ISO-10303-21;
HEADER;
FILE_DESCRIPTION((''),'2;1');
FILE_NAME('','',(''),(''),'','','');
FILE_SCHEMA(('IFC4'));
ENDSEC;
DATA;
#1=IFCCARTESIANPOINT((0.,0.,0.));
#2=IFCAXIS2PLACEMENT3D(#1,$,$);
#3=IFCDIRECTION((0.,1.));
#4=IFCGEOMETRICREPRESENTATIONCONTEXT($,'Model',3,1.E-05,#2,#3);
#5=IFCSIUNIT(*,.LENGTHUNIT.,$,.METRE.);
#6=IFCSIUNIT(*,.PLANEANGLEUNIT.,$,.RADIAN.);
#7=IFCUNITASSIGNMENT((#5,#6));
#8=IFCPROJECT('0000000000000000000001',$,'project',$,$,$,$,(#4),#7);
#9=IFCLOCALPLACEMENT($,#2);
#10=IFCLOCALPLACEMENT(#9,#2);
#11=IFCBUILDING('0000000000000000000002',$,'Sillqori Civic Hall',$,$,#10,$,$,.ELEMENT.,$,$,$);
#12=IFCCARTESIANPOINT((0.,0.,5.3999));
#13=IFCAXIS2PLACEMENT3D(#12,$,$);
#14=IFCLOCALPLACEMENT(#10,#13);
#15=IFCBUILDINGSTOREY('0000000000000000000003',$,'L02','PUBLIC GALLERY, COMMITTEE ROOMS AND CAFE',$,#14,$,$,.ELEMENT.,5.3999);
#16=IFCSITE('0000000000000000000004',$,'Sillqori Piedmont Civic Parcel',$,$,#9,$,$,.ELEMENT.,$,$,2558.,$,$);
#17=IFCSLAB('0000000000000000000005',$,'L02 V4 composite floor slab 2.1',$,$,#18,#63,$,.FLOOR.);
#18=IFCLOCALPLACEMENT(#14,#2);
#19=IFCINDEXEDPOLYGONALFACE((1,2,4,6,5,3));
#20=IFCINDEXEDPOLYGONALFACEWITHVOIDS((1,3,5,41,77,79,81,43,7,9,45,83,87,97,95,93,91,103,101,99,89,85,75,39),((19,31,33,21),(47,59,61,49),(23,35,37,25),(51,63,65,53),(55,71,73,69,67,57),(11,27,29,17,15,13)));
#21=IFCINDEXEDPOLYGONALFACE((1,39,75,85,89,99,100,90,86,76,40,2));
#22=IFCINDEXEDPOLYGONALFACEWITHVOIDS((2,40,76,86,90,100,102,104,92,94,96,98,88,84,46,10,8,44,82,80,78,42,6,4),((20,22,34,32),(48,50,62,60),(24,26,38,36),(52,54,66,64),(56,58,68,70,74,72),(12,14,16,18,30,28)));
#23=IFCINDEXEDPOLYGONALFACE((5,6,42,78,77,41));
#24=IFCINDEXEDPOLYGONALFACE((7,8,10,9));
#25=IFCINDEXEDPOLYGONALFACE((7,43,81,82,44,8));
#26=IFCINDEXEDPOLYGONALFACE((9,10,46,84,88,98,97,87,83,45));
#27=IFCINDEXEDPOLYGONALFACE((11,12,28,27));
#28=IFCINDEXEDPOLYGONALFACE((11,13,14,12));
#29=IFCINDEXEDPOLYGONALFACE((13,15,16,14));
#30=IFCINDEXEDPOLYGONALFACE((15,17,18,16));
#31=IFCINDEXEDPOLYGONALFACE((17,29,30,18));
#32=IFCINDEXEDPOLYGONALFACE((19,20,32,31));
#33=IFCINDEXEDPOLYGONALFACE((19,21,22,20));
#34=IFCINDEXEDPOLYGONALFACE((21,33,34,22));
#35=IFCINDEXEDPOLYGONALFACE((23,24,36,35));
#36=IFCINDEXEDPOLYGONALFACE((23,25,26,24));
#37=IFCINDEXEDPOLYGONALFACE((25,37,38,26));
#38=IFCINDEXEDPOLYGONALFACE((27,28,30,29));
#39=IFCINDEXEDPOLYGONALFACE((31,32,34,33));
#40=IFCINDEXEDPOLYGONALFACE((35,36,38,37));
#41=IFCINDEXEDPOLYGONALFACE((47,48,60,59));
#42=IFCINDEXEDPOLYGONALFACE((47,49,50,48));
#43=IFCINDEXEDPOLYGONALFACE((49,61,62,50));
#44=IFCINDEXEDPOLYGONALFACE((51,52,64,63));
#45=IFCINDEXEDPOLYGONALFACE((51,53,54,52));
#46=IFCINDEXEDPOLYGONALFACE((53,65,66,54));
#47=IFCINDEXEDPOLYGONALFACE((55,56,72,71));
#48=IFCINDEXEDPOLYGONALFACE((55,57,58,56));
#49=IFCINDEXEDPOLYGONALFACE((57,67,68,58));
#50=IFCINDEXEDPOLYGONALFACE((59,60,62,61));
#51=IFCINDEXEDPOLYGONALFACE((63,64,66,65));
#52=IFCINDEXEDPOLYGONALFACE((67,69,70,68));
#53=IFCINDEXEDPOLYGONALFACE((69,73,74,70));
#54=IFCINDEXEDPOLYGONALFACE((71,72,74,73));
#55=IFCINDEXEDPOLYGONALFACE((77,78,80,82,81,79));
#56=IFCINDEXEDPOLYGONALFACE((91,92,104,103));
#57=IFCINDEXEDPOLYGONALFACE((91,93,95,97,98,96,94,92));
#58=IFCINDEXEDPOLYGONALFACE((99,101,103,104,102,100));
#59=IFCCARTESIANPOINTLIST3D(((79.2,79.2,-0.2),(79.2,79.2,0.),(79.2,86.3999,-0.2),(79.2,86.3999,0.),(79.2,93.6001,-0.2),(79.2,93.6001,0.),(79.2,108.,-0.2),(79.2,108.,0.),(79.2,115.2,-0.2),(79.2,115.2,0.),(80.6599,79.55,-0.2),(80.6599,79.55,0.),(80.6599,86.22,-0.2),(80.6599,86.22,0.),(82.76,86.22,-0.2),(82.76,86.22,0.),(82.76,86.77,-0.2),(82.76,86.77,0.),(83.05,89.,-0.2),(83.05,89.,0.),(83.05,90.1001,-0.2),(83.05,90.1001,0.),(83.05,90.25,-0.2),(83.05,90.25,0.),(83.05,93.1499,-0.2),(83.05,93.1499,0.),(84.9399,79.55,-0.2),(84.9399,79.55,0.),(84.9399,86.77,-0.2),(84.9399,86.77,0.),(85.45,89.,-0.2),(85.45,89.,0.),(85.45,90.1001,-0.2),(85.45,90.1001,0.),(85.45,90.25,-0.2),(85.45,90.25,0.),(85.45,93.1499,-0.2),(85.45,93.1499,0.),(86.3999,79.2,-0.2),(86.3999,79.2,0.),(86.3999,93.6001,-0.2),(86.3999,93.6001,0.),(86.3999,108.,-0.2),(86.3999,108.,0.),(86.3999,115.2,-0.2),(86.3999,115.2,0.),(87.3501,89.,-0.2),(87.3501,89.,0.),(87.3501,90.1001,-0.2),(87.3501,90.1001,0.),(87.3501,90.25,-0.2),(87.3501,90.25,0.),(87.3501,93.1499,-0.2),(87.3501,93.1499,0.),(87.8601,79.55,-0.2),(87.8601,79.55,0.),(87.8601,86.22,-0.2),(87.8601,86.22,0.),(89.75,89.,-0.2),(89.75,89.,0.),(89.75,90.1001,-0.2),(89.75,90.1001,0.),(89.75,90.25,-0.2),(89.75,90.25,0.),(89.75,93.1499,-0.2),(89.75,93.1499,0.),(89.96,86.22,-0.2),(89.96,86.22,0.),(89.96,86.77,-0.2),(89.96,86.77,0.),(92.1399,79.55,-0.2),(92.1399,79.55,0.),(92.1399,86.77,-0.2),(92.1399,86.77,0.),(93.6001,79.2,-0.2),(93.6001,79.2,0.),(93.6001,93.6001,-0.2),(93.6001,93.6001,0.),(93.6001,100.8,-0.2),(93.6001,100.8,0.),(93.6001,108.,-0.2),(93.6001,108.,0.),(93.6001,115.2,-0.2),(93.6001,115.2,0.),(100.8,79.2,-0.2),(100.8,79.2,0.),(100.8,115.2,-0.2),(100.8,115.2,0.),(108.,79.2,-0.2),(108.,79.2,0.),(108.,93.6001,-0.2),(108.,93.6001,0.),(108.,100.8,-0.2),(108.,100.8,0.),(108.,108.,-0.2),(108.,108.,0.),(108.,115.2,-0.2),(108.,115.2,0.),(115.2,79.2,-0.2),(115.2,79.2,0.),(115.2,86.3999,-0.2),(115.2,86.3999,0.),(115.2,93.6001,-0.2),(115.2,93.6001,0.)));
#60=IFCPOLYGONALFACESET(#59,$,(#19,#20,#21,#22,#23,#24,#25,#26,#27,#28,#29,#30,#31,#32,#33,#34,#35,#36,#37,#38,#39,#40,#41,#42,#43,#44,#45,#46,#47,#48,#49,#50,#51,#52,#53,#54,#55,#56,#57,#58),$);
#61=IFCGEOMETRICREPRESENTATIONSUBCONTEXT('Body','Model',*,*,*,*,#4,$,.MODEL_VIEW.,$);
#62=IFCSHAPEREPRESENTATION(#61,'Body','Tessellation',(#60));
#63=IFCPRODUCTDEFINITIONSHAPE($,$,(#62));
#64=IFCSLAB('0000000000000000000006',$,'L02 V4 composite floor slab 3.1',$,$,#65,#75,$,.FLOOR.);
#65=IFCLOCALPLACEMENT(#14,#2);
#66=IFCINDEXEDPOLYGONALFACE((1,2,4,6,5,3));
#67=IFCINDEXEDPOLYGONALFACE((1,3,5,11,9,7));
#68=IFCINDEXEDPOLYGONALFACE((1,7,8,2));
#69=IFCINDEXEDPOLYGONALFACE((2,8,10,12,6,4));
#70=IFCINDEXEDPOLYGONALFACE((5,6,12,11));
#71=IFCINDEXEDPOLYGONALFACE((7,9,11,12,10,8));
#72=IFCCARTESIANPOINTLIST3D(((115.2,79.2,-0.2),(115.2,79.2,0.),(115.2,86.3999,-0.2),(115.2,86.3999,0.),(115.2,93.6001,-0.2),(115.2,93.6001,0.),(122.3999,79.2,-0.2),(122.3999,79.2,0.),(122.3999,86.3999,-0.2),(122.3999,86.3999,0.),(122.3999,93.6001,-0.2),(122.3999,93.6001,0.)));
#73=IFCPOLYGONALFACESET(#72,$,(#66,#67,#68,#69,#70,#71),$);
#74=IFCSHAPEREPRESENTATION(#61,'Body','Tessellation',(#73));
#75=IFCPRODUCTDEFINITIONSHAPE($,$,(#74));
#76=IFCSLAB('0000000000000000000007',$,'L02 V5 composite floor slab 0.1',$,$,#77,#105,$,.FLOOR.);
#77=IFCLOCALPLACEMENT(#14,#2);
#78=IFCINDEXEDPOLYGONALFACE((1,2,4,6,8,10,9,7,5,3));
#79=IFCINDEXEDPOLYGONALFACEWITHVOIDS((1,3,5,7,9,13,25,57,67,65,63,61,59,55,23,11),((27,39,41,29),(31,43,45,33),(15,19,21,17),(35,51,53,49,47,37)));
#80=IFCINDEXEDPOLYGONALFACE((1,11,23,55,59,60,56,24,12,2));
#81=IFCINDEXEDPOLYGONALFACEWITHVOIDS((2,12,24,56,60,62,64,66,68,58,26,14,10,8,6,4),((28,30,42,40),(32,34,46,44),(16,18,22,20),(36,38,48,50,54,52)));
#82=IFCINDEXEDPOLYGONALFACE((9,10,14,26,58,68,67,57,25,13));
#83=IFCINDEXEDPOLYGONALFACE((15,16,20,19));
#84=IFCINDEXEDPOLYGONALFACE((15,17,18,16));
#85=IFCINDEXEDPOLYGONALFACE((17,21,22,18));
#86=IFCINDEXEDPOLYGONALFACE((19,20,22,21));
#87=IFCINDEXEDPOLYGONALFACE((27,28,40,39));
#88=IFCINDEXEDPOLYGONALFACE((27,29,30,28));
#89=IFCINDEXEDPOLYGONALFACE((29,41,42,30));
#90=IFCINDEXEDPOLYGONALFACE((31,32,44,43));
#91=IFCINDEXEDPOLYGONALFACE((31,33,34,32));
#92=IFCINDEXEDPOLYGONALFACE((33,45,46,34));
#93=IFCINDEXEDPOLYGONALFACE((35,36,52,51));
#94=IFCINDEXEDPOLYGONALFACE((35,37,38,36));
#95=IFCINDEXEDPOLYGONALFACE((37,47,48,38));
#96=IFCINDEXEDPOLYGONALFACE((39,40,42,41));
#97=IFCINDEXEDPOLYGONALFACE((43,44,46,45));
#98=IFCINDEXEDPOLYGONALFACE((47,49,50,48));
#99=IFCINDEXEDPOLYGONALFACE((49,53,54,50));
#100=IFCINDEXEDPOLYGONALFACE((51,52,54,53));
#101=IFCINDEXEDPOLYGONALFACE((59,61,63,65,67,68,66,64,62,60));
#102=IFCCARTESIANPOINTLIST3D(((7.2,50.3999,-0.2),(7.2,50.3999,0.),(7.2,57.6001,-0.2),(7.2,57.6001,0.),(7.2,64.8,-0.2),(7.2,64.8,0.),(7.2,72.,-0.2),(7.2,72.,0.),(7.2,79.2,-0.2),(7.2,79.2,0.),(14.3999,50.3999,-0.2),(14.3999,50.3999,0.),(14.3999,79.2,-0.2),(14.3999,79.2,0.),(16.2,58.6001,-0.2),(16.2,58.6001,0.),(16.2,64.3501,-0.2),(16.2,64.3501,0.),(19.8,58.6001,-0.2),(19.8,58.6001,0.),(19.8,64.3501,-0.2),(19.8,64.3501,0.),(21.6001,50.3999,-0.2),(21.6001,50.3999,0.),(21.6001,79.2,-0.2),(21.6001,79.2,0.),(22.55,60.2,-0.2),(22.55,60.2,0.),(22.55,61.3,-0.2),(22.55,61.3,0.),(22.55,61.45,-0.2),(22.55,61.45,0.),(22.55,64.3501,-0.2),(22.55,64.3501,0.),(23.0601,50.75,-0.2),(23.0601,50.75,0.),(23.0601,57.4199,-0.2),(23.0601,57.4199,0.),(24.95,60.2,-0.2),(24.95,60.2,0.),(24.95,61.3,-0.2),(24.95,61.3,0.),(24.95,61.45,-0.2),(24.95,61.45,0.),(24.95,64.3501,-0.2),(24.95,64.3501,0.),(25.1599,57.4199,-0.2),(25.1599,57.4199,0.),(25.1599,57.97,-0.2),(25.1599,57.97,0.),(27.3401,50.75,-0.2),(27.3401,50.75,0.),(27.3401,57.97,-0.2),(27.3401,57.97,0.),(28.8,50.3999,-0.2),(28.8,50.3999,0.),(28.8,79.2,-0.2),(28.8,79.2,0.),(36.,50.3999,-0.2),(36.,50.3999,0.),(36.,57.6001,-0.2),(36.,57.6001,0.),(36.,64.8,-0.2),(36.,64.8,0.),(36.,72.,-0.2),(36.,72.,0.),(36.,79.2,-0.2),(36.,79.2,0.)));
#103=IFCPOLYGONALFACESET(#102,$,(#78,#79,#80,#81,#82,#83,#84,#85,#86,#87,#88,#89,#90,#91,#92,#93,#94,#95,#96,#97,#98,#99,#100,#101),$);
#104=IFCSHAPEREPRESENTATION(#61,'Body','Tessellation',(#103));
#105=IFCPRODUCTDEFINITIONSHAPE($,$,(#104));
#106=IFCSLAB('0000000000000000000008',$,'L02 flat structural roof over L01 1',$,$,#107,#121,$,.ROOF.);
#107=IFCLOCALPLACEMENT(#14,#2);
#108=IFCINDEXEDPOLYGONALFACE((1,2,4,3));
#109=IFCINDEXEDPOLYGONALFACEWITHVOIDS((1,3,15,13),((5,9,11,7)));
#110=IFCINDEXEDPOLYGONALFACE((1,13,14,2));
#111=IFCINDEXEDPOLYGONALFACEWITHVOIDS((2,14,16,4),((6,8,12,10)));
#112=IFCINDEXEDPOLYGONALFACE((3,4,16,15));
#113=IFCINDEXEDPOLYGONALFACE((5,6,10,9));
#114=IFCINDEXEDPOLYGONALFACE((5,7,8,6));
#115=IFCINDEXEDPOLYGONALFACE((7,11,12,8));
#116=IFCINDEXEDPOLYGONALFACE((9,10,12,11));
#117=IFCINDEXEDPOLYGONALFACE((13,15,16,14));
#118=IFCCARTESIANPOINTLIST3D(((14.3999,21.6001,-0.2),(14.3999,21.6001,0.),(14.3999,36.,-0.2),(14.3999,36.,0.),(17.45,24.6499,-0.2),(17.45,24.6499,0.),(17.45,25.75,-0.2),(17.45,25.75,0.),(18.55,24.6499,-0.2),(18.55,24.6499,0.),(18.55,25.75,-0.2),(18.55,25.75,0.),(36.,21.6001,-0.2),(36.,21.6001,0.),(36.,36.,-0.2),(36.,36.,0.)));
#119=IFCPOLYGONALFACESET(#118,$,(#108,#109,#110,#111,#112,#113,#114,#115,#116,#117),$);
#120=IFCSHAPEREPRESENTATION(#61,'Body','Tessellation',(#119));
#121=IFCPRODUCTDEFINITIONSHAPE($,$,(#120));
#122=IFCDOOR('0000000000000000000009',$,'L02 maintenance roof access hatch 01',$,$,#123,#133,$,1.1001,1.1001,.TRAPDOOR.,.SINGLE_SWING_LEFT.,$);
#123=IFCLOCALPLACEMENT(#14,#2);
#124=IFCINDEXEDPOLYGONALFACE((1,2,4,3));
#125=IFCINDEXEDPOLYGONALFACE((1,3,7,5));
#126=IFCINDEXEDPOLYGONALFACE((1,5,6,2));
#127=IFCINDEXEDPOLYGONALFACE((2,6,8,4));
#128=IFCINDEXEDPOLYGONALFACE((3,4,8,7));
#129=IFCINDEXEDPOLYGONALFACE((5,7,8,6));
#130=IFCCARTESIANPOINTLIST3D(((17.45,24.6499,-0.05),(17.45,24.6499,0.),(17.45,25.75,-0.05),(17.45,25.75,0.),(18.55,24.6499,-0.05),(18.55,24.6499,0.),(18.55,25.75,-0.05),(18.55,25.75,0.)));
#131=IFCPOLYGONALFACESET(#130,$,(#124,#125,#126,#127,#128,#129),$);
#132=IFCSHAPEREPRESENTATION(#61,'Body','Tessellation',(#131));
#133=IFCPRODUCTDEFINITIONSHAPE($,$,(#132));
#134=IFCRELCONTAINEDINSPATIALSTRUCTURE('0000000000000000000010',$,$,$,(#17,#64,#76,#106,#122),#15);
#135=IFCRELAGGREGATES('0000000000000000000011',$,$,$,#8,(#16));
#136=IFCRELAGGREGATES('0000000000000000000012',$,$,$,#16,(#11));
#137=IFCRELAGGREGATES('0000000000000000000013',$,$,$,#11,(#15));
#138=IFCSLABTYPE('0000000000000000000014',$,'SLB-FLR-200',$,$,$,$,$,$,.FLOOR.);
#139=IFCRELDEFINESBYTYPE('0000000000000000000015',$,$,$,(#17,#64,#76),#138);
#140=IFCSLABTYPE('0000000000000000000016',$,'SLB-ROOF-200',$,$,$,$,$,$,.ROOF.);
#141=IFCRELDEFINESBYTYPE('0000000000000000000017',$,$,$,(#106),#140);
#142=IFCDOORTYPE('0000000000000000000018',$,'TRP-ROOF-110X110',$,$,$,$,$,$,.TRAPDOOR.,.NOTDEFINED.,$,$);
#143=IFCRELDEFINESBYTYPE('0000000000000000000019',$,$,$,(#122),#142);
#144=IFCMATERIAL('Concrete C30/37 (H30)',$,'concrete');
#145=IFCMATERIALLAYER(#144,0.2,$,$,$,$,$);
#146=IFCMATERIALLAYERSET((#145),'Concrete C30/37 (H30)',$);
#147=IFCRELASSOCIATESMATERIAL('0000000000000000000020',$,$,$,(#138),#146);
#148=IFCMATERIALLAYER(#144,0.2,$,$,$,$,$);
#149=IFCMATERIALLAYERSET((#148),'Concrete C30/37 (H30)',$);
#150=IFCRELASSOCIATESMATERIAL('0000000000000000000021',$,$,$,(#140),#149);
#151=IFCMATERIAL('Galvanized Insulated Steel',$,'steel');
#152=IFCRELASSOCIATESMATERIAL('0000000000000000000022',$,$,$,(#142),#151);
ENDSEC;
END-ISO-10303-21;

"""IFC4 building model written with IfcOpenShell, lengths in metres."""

from ifc_helpers import new_model, si_unit, direction, frame, origin, origin_2d, place, context, subcontext, project, spatial, polyline, rectangle, outline, extrude, material, layer, layer_set, type_object, element, fill, save


model = new_model("IFC4")

# Units and contexts
model_context = context("Model", 3, precision=1e-05, world=origin(), true_north=direction((0.0, 1.0)))
body_context = subcontext(model_context, "Body", "Model", "MODEL_VIEW")
ifc_project = project(units=[si_unit("LENGTHUNIT", "METRE"), si_unit("PLANEANGLEUNIT", "RADIAN")], contexts=[model_context])

# Site, building, storey
site_placement = place(None, origin())
site = spatial("IfcSite", under=ifc_project, at=site_placement, Name="Sillqori Piedmont Civic Parcel", CompositionType="ELEMENT", RefElevation=2558.0)
building_placement = place(site_placement, origin())
building = spatial("IfcBuilding", under=site, at=building_placement, Name="Sillqori Civic Hall", CompositionType="ELEMENT")
storey_placement = place(building_placement, frame((0.0, 0.0, 5.3999)))
storey = spatial("IfcBuildingStorey", under=building, at=storey_placement, Name="L02", Description="PUBLIC GALLERY, COMMITTEE ROOMS AND CAFE", CompositionType="ELEMENT", Elevation=5.3999)

# Slabs
ifc_material_1 = material(Name="Concrete C30/37 (H30)", Category="concrete")
ifc_layer_1 = layer(ifc_material_1, 0.2)
ifc_layer_set_1 = layer_set([ifc_layer_1], Name="Concrete C30/37 (H30)")
slab_type_1 = type_object("IfcSlabType", Name="SLB-FLR-200", PredefinedType="FLOOR", material=ifc_layer_set_1)
slab_1_placement = place(storey_placement, frame((0.0, 0.0, -0.2)))
element("IfcSlab", 1, at=slab_1_placement, inside=storey, type_object=slab_type_1, Name="L02 V4 composite floor slab 2.1", PredefinedType="FLOOR", context=body_context, shape_type="SweptSolid", body=[
    extrude(outline(polyline([(93.6001, 93.6001), (93.6001, 100.8), (93.6001, 108.0), (86.3999, 108.0), (79.2, 108.0), (79.2, 115.2), (86.3999, 115.2), (93.6001, 115.2), (100.8, 115.2), (108.0, 115.2), (108.0, 108.0), (108.0, 100.8), (108.0, 93.6001), (115.2, 93.6001), (115.2, 86.3999), (115.2, 79.2), (108.0, 79.2), (100.8, 79.2), (93.6001, 79.2), (86.3999, 79.2), (79.2, 79.2), (79.2, 86.3999), (79.2, 93.6001), (86.3999, 93.6001), (93.6001, 93.6001)]), holes=[polyline([(82.76, 86.22), (80.6599, 86.22), (80.6599, 79.55), (84.9399, 79.55), (84.9399, 86.77), (82.76, 86.77), (82.76, 86.22)]), polyline([(89.96, 86.22), (87.8601, 86.22), (87.8601, 79.55), (92.1399, 79.55), (92.1399, 86.77), (89.96, 86.77), (89.96, 86.22)]), polyline([(85.45, 89.0), (85.45, 90.1001), (83.05, 90.1001), (83.05, 89.0), (85.45, 89.0)]), polyline([(89.75, 89.0), (89.75, 90.1001), (87.3501, 90.1001), (87.3501, 89.0), (89.75, 89.0)]), polyline([(85.45, 90.25), (85.45, 93.1499), (83.05, 93.1499), (83.05, 90.25), (85.45, 90.25)]), polyline([(89.75, 90.25), (89.75, 93.1499), (87.3501, 93.1499), (87.3501, 90.25), (89.75, 90.25)])]), origin(), (0.0, 0.0, 1.0), 0.2),
])
slab_2_placement = place(storey_placement, frame((0.0, 0.0, -0.2)))
element("IfcSlab", 2, at=slab_2_placement, inside=storey, type_object=slab_type_1, Name="L02 V4 composite floor slab 3.1", PredefinedType="FLOOR", context=body_context, shape_type="SweptSolid", body=[
    extrude(outline(polyline([(115.2, 79.2), (115.2, 86.3999), (115.2, 93.6001), (122.3999, 93.6001), (122.3999, 86.3999), (122.3999, 79.2), (115.2, 79.2)])), origin(), (0.0, 0.0, 1.0), 0.2),
])
slab_3_placement = place(storey_placement, frame((0.0, 0.0, -0.2)))
element("IfcSlab", 3, at=slab_3_placement, inside=storey, type_object=slab_type_1, Name="L02 V5 composite floor slab 0.1", PredefinedType="FLOOR", context=body_context, shape_type="SweptSolid", body=[
    extrude(outline(polyline([(7.2, 79.2), (14.3999, 79.2), (21.6001, 79.2), (28.8, 79.2), (36.0, 79.2), (36.0, 72.0), (36.0, 64.8), (36.0, 57.6001), (36.0, 50.3999), (28.8, 50.3999), (21.6001, 50.3999), (14.3999, 50.3999), (7.2, 50.3999), (7.2, 57.6001), (7.2, 64.8), (7.2, 72.0), (7.2, 79.2)]), holes=[polyline([(25.1599, 57.4199), (23.0601, 57.4199), (23.0601, 50.75), (27.3401, 50.75), (27.3401, 57.97), (25.1599, 57.97), (25.1599, 57.4199)]), polyline([(24.95, 60.2), (24.95, 61.3), (22.55, 61.3), (22.55, 60.2), (24.95, 60.2)]), polyline([(19.8, 58.6001), (19.8, 64.3501), (16.2, 64.3501), (16.2, 58.6001), (19.8, 58.6001)]), polyline([(24.95, 61.45), (24.95, 64.3501), (22.55, 64.3501), (22.55, 61.45), (24.95, 61.45)])]), origin(), (0.0, 0.0, 1.0), 0.2),
])

# Slab, opening, door
ifc_layer_2 = layer(ifc_material_1, 0.2)
ifc_layer_set_2 = layer_set([ifc_layer_2], Name="Concrete C30/37 (H30)")
slab_type_2 = type_object("IfcSlabType", Name="SLB-ROOF-200", PredefinedType="ROOF", material=ifc_layer_set_2)
slab_4_placement = place(storey_placement, frame((0.0, 0.0, -0.2)))
slab_4 = element("IfcSlab", 4, at=slab_4_placement, inside=storey, type_object=slab_type_2, Name="L02 flat structural roof over L01 1", PredefinedType="ROOF", context=body_context, shape_type="SweptSolid", body=[
    extrude(outline(polyline([(21.6001, 36.0), (28.8, 36.0), (36.0, 36.0), (36.0, 28.8), (36.0, 21.6001), (28.8, 21.6001), (21.6001, 21.6001), (14.3999, 21.6001), (14.3999, 28.8), (14.3999, 36.0), (21.6001, 36.0)]), holes=[polyline([(17.45, 24.6499), (17.45, 25.75), (18.55, 25.75), (18.55, 24.6499), (17.45, 24.6499)])]), origin(), (0.0, 0.0, 1.0), 0.2),
])
opening_1_placement = place(slab_4_placement, frame((18.0, 25.2, 0.0)))
opening_1 = element("IfcOpeningElement", 5, at=opening_1_placement, cuts=slab_4, PredefinedType="OPENING", context=body_context, shape_type="SweptSolid", body=[
    extrude(rectangle(XDim=1.1001, YDim=1.1001, at=origin_2d()), frame((0.0, 0.0, -0.01)), (0.0, 0.0, 1.0), 0.22),
])
ifc_material_2 = material(Name="Galvanized Insulated Steel", Category="steel")
door_type_1 = type_object("IfcDoorType", Name="TRP-ROOF-110X110", OperationType="NOTDEFINED", PredefinedType="TRAPDOOR", material=ifc_material_2)
door_1_placement = place(opening_1_placement, frame((0.0, 0.0, 0.1499)))
door_1 = element("IfcDoor", 6, at=door_1_placement, inside=storey, type_object=door_type_1, Name="L02 maintenance roof access hatch 01", OperationType="SINGLE_SWING_LEFT", OverallHeight=1.1001, OverallWidth=1.1001, PredefinedType="TRAPDOOR", context=body_context, shape_type="SweptSolid", body=[
    extrude(rectangle(XDim=1.1001, YDim=1.1001, at=origin_2d()), origin(), (0.0, 0.0, 1.0), 0.05),
])
fill(opening_1, door_1)

save(model, "model.ifc")
